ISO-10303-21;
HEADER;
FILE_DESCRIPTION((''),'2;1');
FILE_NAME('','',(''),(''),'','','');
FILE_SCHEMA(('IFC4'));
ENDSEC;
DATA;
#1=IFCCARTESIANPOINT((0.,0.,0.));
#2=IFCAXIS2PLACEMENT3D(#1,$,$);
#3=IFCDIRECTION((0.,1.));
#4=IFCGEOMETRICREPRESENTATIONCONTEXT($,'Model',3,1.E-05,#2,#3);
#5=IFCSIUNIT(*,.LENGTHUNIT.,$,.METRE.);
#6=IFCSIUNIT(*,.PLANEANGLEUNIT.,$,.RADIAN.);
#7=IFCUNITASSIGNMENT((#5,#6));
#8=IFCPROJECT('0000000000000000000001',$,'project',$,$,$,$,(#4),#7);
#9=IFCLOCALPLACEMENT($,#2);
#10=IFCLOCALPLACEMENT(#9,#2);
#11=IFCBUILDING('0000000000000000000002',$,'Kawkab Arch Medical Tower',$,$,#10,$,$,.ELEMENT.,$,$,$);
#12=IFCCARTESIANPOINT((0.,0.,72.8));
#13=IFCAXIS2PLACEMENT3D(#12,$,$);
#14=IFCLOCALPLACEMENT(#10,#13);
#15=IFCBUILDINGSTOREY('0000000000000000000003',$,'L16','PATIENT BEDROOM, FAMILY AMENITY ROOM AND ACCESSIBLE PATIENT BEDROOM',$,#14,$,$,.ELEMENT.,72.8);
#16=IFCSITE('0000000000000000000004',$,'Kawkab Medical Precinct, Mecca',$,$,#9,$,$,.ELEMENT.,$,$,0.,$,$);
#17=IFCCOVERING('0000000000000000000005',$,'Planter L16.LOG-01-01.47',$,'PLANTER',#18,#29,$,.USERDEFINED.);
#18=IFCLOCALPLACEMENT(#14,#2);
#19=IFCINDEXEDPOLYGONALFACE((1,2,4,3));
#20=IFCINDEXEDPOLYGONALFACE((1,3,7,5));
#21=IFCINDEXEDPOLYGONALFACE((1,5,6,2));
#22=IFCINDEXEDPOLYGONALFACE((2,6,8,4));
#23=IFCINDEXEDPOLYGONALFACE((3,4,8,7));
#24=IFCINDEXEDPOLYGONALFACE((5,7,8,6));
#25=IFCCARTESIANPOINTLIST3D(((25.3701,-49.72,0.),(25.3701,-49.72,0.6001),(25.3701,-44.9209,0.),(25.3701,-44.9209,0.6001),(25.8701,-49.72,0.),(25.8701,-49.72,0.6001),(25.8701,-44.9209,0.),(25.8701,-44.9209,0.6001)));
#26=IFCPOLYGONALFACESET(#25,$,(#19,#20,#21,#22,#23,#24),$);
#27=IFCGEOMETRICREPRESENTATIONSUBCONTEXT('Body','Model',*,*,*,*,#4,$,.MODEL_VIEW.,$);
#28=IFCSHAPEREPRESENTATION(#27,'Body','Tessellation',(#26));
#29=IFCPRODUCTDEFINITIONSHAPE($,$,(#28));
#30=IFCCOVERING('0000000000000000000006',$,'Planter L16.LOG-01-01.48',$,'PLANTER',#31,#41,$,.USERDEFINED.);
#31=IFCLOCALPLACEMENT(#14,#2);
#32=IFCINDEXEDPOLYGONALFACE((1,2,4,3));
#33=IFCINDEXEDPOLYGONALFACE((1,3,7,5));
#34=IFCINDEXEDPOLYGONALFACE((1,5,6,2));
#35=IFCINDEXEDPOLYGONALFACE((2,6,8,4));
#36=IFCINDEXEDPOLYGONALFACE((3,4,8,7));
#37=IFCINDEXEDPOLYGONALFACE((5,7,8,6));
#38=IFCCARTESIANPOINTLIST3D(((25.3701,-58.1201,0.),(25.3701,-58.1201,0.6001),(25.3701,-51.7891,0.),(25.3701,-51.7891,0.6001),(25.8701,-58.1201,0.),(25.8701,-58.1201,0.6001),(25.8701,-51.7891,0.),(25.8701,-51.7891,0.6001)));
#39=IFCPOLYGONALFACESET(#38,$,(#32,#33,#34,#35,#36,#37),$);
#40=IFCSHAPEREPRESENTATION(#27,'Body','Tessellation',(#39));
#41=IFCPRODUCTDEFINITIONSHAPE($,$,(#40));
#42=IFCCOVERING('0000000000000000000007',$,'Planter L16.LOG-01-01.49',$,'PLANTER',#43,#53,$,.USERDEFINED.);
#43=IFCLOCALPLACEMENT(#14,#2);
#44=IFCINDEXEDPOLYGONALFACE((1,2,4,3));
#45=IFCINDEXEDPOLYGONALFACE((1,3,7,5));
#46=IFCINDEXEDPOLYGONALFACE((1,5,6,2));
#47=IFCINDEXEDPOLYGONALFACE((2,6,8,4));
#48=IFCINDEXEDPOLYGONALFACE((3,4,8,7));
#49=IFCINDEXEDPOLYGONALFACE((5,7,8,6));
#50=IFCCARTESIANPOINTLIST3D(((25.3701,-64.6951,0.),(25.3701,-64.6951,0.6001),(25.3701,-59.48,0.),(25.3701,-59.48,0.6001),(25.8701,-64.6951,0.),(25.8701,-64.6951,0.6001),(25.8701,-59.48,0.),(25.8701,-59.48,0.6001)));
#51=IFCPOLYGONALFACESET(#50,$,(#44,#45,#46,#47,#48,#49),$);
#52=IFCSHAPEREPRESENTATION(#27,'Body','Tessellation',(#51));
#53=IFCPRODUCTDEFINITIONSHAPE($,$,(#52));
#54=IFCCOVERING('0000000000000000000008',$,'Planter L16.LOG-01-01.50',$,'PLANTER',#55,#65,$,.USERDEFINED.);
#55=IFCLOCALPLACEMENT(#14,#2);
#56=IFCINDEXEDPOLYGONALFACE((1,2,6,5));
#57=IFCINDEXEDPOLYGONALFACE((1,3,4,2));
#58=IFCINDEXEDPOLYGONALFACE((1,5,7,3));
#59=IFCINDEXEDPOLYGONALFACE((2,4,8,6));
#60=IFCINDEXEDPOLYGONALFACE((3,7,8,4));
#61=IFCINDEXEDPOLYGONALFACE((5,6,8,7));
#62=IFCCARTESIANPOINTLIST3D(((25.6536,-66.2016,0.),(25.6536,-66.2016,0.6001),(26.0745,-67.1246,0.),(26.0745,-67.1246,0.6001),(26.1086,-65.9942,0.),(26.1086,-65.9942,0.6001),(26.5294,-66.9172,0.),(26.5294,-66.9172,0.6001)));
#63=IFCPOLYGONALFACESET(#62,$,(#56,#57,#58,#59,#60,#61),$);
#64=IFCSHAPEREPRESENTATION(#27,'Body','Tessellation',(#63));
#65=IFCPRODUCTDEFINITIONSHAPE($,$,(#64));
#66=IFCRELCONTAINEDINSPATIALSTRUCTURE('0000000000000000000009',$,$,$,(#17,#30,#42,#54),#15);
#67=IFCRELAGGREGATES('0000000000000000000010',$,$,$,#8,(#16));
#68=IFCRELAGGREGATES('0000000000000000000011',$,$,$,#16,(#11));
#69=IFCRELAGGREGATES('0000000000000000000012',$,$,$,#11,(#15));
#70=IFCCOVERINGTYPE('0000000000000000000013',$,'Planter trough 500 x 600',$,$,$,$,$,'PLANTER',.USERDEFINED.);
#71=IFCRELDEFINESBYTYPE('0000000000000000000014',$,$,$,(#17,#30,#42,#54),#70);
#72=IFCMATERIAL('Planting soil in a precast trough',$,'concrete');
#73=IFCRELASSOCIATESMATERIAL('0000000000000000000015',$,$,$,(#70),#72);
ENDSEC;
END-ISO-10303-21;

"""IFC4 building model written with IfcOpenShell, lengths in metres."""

from ifc_helpers import new_model, si_unit, direction, frame, origin, origin_2d, place, context, subcontext, project, spatial, rectangle, extrude, material, material_profile, profile_set, type_object, element, save


model = new_model("IFC4")

# Units and contexts
model_context = context("Model", 3, precision=1e-05, world=origin(), true_north=direction((0.0, 1.0)))
body_context = subcontext(model_context, "Body", "Model", "MODEL_VIEW")
ifc_project = project(units=[si_unit("LENGTHUNIT", "METRE"), si_unit("PLANEANGLEUNIT", "RADIAN")], contexts=[model_context])

# Site, building, storey
site_placement = place(None, origin())
site = spatial("IfcSite", under=ifc_project, at=site_placement, Name="Kawkab Medical Precinct, Mecca", CompositionType="ELEMENT", RefElevation=0.0)
building_placement = place(site_placement, origin())
building = spatial("IfcBuilding", under=site, at=building_placement, Name="Kawkab Arch Medical Tower", CompositionType="ELEMENT")
storey_placement = place(building_placement, frame((0.0, 0.0, 72.8)))
storey = spatial("IfcBuildingStorey", under=building, at=storey_placement, Name="L16", Description="PATIENT BEDROOM, FAMILY AMENITY ROOM AND ACCESSIBLE PATIENT BEDROOM", CompositionType="ELEMENT", Elevation=72.8)

# Coverings
ifc_material_1 = material(Name="Planting soil in a precast trough", Category="concrete")
ifc_material_profile_1 = material_profile(ifc_material_1, rectangle(XDim=0.5, YDim=0.6001, at=origin_2d()), Name="Trough 500x600")
ifc_profile_set_1 = profile_set([ifc_material_profile_1], Name="Planting soil in a precast trough")
covering_type_1 = type_object("IfcCoveringType", Name="Planter trough 500 x 600", ElementType="PLANTER", PredefinedType="USERDEFINED", material=ifc_profile_set_1)
covering_1_placement = place(storey_placement, frame((25.6201, -44.9209, 0.3), z_axis=(0.0, -1.0, 0.0), x_axis=(1.0, 0.0, 0.0)))
element("IfcCovering", 1, at=covering_1_placement, inside=storey, type_object=covering_type_1, Name="Planter L16.LOG-01-01.47", ObjectType="PLANTER", PredefinedType="USERDEFINED", context=body_context, shape_type="SweptSolid", body=[
    extrude(rectangle(XDim=0.5, YDim=0.6001, at=origin_2d()), origin(), (0.0, 0.0, 1.0), 4.7991),
])
covering_2_placement = place(storey_placement, frame((25.6201, -51.7891, 0.3), z_axis=(0.0, -1.0, 0.0), x_axis=(1.0, 0.0, 0.0)))
element("IfcCovering", 2, at=covering_2_placement, inside=storey, type_object=covering_type_1, Name="Planter L16.LOG-01-01.48", ObjectType="PLANTER", PredefinedType="USERDEFINED", context=body_context, shape_type="SweptSolid", body=[
    extrude(rectangle(XDim=0.5, YDim=0.6001, at=origin_2d()), origin(), (0.0, 0.0, 1.0), 6.3311),
])
covering_3_placement = place(storey_placement, frame((25.6201, -59.48, 0.3), z_axis=(0.0, -1.0, 0.0), x_axis=(1.0, 0.0, 0.0)))
element("IfcCovering", 3, at=covering_3_placement, inside=storey, type_object=covering_type_1, Name="Planter L16.LOG-01-01.49", ObjectType="PLANTER", PredefinedType="USERDEFINED", context=body_context, shape_type="SweptSolid", body=[
    extrude(rectangle(XDim=0.5, YDim=0.6001, at=origin_2d()), origin(), (0.0, 0.0, 1.0), 5.2151),
])
covering_4_placement = place(storey_placement, frame((25.8811, -66.0979, 0.3), z_axis=(0.414872, -0.90988, 0.0), x_axis=(0.90988, 0.414872, 0.0)))
element("IfcCovering", 4, at=covering_4_placement, inside=storey, type_object=covering_type_1, Name="Planter L16.LOG-01-01.50", ObjectType="PLANTER", PredefinedType="USERDEFINED", context=body_context, shape_type="SweptSolid", body=[
    extrude(rectangle(XDim=0.5, YDim=0.6001, at=origin_2d()), origin(), (0.0, 0.0, 1.0), 1.0144),
])

save(model, "model.ifc")
